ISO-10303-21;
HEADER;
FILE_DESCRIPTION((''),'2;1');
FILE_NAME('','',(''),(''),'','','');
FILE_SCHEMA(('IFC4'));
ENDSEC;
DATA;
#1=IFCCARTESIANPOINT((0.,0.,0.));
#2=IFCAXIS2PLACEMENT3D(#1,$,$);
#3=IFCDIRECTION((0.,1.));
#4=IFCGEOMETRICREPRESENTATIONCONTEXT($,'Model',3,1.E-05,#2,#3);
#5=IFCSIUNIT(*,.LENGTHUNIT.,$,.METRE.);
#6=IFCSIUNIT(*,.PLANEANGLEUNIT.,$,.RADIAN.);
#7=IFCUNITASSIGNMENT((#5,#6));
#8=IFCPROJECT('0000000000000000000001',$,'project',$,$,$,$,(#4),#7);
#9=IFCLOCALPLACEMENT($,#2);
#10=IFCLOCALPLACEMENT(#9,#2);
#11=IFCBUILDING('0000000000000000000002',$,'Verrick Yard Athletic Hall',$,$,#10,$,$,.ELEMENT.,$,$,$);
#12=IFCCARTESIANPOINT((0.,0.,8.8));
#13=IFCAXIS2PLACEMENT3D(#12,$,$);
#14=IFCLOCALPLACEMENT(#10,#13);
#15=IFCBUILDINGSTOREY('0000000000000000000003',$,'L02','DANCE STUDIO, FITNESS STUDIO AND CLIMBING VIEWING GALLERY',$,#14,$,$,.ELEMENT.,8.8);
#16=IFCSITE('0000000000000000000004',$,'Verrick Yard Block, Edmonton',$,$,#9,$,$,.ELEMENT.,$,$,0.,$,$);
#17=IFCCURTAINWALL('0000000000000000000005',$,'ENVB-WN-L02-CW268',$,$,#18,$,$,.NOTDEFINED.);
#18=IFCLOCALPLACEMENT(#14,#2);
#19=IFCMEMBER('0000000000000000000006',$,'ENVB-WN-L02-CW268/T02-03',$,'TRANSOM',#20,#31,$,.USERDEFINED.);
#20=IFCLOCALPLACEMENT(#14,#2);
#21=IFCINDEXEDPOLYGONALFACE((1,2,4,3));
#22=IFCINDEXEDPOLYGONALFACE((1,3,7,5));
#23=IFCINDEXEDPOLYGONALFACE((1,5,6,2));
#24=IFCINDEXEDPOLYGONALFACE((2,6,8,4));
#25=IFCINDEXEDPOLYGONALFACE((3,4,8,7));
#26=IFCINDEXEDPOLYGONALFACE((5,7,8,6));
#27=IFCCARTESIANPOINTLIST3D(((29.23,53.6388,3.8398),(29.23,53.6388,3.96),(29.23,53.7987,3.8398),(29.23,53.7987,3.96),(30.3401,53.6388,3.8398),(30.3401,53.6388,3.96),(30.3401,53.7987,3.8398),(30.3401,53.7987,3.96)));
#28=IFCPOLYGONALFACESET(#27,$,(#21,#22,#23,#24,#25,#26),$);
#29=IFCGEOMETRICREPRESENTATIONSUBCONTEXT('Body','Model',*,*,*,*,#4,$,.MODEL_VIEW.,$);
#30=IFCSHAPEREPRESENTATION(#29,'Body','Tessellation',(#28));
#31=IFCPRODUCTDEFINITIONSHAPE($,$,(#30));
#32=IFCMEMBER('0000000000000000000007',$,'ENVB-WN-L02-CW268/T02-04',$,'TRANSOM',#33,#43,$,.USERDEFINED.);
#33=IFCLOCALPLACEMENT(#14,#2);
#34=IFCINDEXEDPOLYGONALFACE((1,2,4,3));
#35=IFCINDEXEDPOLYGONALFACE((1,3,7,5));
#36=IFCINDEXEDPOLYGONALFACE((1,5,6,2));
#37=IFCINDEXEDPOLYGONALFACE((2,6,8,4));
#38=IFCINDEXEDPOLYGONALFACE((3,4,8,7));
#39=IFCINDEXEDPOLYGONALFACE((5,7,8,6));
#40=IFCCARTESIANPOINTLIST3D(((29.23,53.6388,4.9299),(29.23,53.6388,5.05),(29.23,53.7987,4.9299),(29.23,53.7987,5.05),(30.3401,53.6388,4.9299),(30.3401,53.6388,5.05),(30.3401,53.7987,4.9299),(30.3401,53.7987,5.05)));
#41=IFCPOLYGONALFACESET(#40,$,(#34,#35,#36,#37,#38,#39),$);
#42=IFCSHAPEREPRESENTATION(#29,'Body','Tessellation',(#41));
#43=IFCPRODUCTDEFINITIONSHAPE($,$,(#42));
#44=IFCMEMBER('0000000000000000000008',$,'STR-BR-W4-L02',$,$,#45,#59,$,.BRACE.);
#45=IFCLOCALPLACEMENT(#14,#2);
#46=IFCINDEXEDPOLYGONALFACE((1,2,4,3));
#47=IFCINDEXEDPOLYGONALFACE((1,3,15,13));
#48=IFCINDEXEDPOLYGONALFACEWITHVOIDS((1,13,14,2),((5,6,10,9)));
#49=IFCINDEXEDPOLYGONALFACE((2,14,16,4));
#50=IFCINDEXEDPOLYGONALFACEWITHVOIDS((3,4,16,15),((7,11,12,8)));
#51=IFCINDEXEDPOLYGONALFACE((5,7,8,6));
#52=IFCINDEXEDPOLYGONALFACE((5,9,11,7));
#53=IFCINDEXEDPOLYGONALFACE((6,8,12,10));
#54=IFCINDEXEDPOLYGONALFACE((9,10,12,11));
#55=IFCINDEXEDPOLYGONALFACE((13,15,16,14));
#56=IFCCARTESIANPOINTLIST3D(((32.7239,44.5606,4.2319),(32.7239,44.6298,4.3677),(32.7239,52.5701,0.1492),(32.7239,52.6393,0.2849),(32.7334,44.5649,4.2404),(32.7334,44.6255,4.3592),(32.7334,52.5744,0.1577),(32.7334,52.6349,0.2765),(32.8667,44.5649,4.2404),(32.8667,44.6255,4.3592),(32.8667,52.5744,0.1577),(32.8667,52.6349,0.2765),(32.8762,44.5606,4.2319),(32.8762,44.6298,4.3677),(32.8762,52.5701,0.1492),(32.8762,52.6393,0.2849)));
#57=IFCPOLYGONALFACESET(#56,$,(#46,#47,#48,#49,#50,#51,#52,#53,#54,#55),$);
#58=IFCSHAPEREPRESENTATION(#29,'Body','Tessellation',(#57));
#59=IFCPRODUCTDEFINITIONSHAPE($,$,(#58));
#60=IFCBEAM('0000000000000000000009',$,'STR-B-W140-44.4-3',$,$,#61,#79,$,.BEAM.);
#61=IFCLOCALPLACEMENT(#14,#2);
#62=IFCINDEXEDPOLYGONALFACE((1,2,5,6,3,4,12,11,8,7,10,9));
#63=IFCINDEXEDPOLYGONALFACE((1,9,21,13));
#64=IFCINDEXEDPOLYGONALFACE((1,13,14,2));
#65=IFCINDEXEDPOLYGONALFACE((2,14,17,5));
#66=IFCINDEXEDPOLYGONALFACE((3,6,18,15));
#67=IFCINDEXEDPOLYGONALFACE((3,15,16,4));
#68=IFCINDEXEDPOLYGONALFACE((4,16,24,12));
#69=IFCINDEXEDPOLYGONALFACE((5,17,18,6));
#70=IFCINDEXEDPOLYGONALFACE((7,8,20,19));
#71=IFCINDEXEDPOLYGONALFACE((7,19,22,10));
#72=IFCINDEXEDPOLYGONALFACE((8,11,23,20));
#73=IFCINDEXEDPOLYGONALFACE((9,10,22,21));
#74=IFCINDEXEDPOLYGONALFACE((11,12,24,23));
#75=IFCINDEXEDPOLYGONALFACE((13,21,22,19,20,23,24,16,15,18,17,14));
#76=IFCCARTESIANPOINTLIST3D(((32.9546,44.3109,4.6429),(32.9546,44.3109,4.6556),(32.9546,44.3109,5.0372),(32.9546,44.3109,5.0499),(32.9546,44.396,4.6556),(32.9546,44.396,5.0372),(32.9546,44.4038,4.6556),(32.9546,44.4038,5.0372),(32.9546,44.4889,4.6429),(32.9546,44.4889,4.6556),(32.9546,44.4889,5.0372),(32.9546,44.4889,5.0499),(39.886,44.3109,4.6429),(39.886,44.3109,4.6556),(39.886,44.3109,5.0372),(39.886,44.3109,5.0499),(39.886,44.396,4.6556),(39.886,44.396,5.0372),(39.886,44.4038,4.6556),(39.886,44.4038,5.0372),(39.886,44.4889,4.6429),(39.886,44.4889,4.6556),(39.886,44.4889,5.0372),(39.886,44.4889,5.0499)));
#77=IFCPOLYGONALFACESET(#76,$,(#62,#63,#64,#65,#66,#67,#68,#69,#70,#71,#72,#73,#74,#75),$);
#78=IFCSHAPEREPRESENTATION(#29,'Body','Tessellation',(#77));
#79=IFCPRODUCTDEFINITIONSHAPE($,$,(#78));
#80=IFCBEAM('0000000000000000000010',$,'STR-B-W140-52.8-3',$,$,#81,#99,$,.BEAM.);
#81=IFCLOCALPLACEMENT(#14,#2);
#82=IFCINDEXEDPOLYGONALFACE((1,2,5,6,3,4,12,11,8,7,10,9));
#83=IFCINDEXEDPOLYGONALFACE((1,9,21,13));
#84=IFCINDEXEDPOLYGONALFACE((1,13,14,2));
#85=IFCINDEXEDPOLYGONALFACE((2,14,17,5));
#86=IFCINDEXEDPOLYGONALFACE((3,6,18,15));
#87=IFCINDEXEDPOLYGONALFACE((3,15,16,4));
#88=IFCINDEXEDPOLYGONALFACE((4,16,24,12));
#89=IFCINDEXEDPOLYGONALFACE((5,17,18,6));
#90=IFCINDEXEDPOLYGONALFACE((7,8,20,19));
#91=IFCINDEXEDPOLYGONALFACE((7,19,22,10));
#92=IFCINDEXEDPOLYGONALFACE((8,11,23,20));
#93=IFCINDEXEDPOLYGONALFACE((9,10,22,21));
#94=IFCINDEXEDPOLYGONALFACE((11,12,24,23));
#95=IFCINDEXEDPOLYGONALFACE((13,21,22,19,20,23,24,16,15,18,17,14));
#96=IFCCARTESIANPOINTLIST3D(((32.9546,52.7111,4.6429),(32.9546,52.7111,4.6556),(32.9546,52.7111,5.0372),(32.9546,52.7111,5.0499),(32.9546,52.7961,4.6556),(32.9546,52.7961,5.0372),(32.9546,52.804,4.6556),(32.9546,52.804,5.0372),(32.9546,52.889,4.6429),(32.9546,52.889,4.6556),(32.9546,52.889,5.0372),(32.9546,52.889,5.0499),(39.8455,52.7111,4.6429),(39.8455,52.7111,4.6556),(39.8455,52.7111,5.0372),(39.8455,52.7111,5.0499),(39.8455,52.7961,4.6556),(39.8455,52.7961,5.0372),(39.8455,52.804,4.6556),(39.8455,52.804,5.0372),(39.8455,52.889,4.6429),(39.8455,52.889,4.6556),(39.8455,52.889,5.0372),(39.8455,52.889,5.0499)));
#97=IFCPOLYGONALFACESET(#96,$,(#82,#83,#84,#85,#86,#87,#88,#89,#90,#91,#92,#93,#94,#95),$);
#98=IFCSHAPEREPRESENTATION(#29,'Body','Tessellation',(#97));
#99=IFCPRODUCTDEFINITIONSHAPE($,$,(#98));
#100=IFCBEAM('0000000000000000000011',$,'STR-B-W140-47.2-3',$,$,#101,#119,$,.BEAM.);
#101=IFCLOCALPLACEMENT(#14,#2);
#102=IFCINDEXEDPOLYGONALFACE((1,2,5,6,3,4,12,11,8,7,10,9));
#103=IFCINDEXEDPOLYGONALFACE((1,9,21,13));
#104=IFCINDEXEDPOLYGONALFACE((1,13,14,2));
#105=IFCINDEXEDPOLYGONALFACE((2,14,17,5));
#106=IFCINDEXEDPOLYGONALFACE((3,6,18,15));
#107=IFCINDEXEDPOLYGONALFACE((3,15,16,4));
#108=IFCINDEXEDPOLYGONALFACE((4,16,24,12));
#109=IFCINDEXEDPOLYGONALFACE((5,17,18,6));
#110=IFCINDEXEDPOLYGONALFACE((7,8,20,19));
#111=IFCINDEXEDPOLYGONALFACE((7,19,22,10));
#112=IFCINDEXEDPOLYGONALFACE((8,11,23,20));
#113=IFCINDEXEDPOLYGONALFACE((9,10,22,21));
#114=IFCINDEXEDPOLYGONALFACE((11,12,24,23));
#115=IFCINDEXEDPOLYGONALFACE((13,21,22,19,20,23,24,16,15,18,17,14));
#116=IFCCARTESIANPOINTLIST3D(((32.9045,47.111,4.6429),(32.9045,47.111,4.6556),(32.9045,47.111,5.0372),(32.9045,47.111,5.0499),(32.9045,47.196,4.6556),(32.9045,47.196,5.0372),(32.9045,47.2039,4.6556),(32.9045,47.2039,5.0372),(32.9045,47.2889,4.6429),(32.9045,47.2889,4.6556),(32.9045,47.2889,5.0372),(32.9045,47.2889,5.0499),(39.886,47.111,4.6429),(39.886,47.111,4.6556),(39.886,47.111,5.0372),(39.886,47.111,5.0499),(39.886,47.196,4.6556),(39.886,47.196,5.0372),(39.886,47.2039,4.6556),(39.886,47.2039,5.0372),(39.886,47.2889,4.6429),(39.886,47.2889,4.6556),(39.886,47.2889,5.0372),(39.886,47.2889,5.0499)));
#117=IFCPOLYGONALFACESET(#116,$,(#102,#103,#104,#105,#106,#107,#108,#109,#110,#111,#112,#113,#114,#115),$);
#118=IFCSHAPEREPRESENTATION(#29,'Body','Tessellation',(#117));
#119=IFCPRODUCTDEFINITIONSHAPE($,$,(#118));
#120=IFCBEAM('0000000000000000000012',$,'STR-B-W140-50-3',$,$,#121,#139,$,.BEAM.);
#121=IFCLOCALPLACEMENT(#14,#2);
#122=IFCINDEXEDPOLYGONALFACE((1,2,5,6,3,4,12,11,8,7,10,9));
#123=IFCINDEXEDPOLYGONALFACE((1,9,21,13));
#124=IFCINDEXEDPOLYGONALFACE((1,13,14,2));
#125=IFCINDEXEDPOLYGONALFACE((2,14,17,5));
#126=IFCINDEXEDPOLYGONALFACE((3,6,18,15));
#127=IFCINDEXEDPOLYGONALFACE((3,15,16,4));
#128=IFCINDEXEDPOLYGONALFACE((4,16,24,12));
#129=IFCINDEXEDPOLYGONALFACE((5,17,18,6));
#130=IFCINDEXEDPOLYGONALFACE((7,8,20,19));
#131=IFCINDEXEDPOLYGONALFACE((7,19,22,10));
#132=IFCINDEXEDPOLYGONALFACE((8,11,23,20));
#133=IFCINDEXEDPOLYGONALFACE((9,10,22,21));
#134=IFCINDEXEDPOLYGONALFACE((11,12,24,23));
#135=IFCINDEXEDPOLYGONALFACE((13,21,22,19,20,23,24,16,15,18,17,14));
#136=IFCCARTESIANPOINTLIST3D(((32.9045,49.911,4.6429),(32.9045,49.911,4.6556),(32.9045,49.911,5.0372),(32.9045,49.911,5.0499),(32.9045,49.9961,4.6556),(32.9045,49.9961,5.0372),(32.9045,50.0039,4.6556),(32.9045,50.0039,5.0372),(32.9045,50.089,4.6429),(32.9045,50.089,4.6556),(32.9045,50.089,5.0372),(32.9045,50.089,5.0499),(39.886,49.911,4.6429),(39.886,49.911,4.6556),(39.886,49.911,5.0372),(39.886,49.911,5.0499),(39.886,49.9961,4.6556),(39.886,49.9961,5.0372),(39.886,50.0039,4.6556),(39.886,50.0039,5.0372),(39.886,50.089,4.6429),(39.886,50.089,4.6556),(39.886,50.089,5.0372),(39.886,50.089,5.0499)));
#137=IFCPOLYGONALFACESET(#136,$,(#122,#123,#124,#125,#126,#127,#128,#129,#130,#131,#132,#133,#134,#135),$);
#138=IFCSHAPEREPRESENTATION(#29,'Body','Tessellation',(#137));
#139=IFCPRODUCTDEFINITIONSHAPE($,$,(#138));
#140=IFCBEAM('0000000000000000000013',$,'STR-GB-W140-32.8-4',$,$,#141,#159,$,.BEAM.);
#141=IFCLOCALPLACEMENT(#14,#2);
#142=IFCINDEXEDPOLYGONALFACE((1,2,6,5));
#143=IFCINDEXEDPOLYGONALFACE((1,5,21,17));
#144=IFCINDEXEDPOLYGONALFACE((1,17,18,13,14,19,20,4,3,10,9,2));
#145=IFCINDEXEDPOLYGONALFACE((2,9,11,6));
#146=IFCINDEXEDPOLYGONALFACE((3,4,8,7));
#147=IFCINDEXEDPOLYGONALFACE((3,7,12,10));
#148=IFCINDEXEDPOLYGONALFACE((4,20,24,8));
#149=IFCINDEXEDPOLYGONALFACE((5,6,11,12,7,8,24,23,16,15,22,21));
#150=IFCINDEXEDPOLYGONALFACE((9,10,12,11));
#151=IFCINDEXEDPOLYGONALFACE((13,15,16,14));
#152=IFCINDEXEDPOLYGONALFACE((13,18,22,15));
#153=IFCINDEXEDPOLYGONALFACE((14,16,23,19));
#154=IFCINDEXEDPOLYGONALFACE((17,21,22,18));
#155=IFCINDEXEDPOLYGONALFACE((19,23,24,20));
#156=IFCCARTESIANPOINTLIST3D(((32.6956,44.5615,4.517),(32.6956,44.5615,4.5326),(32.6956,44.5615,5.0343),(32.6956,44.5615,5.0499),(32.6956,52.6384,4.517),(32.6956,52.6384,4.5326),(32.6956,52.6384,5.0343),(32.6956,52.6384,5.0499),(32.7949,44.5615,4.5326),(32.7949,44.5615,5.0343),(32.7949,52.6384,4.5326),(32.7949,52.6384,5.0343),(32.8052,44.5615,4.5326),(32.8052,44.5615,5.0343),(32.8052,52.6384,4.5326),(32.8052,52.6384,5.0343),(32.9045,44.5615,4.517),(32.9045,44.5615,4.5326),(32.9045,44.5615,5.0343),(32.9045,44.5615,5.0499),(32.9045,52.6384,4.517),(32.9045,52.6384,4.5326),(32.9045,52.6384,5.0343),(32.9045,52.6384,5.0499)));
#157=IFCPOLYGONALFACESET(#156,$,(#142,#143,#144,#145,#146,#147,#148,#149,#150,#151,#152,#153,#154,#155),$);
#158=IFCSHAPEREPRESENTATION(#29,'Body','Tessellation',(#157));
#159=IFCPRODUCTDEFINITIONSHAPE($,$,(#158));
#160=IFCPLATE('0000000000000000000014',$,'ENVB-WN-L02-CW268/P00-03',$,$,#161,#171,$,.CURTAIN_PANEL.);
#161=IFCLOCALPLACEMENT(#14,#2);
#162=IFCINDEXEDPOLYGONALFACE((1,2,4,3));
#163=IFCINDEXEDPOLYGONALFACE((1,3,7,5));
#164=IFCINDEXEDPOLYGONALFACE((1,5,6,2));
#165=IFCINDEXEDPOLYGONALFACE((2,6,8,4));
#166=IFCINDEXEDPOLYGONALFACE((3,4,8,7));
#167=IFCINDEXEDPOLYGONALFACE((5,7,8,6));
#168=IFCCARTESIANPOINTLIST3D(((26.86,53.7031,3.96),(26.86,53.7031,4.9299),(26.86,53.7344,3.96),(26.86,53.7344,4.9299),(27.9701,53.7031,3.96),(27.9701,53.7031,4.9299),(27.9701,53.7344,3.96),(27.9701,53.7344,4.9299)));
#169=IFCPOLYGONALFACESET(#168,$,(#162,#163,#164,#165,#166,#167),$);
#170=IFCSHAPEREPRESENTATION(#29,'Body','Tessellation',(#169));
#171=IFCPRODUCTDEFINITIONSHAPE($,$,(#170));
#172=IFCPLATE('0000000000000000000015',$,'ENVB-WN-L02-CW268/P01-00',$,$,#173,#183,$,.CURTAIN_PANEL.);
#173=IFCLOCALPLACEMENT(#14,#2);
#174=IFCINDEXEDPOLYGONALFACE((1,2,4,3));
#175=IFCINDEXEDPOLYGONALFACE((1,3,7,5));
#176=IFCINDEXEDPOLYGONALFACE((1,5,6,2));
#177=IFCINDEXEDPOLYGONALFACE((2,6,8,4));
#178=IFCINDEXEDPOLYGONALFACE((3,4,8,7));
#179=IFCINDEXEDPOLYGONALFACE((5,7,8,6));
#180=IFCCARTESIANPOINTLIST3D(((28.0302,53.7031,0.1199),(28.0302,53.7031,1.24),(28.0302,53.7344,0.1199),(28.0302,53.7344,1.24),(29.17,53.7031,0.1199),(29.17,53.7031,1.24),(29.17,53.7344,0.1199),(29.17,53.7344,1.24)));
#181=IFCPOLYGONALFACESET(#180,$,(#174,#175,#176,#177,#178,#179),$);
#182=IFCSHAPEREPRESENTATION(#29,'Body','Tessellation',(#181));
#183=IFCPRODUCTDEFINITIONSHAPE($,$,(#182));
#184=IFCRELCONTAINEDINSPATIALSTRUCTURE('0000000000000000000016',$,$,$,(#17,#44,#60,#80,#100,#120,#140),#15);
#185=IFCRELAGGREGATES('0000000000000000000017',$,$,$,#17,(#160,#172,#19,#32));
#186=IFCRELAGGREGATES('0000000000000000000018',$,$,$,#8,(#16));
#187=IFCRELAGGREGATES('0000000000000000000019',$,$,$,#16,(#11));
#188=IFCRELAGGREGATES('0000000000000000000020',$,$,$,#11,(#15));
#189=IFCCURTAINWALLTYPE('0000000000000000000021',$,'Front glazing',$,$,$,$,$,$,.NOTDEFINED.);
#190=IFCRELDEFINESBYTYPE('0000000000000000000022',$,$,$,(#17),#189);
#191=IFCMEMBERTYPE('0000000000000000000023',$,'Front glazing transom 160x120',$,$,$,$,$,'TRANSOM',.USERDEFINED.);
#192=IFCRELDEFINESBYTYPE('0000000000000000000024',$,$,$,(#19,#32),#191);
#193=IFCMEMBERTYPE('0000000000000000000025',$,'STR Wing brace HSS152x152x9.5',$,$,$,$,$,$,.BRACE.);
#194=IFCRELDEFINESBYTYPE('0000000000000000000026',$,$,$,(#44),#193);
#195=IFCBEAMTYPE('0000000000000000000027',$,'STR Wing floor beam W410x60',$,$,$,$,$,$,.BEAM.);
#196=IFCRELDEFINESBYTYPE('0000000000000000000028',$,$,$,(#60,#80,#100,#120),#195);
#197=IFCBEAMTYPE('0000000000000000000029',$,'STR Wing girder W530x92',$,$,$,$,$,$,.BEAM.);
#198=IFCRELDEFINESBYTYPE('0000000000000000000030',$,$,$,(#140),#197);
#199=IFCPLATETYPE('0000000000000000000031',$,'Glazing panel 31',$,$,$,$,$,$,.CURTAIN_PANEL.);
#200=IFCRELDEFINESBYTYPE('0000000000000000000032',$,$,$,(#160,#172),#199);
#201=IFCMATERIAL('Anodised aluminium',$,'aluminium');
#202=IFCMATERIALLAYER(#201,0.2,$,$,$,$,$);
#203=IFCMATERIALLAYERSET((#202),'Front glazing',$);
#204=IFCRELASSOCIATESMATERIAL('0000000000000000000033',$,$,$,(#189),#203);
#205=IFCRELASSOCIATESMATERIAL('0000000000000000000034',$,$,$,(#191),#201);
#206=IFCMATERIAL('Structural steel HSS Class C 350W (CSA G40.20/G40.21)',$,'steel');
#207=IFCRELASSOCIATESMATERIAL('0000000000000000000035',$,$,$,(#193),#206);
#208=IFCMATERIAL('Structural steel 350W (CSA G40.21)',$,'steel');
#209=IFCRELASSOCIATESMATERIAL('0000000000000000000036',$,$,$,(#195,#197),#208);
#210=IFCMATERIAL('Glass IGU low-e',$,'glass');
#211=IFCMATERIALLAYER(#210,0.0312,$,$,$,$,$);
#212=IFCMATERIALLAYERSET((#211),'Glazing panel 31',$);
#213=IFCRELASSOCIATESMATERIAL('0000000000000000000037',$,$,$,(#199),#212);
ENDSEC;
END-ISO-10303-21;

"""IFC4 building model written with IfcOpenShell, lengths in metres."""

from ifc_helpers import new_model, si_unit, direction, frame, origin, origin_2d, place, context, subcontext, project, spatial, rectangle, hollow_rectangle, i_section, extrude, material, layer, layer_set, material_profile, profile_set, type_object, element, aggregate, save


model = new_model("IFC4")

# Units and contexts
model_context = context("Model", 3, precision=1e-05, world=origin(), true_north=direction((0.0, 1.0)))
body_context = subcontext(model_context, "Body", "Model", "MODEL_VIEW")
ifc_project = project(units=[si_unit("LENGTHUNIT", "METRE"), si_unit("PLANEANGLEUNIT", "RADIAN")], contexts=[model_context])

# Site, building, storey
site_placement = place(None, origin())
site = spatial("IfcSite", under=ifc_project, at=site_placement, Name="Verrick Yard Block, Edmonton", CompositionType="ELEMENT", RefElevation=0.0)
building_placement = place(site_placement, origin())
building = spatial("IfcBuilding", under=site, at=building_placement, Name="Verrick Yard Athletic Hall", CompositionType="ELEMENT")
storey_placement = place(building_placement, frame((0.0, 0.0, 8.8)))
storey = spatial("IfcBuildingStorey", under=building, at=storey_placement, Name="L02", Description="DANCE STUDIO, FITNESS STUDIO AND CLIMBING VIEWING GALLERY", CompositionType="ELEMENT", Elevation=8.8)

# Shared definitions
ifc_material_1 = material(Name="Structural steel 350W (CSA G40.21)", Category="steel")

# Curtain wall, members
ifc_material_2 = material(Name="Anodised aluminium", Category="aluminium")
ifc_layer_1 = layer(ifc_material_2, 0.2)
ifc_layer_set_1 = layer_set([ifc_layer_1], Name="Front glazing")
curtain_wall_type = type_object("IfcCurtainWallType", Name="Front glazing", PredefinedType="NOTDEFINED", material=ifc_layer_set_1)
curtain_wall_placement = place(storey_placement, origin())
curtain_wall = element("IfcCurtainWall", 1, at=curtain_wall_placement, inside=storey, type_object=curtain_wall_type, Name="ENVB-WN-L02-CW268", PredefinedType="NOTDEFINED")
ifc_material_profile_1 = material_profile(ifc_material_2, rectangle(XDim=0.1599, YDim=0.1201, at=origin_2d()), Name="CW transom 160x120")
ifc_profile_set_1 = profile_set([ifc_material_profile_1], Name="Anodised aluminium")
member_type_1 = type_object("IfcMemberType", Name="Front glazing transom 160x120", ElementType="TRANSOM", PredefinedType="USERDEFINED", material=ifc_profile_set_1)
member_1_placement = place(storey_placement, frame((29.23, 53.7188, 3.8999), z_axis=(1.0, 0.0, 0.0), x_axis=(0.0, 1.0, 0.0)))
member_1 = element("IfcMember", 2, at=member_1_placement, type_object=member_type_1, Name="ENVB-WN-L02-CW268/T02-03", ObjectType="TRANSOM", PredefinedType="USERDEFINED", context=body_context, shape_type="SweptSolid", body=[
    extrude(rectangle(XDim=0.1599, YDim=0.1201, at=origin_2d()), origin(), (0.0, 0.0, 1.0), 1.1101),
])
member_2_placement = place(storey_placement, frame((29.23, 53.7188, 4.99), z_axis=(1.0, 0.0, 0.0), x_axis=(0.0, 1.0, 0.0)))
member_2 = element("IfcMember", 3, at=member_2_placement, type_object=member_type_1, Name="ENVB-WN-L02-CW268/T02-04", ObjectType="TRANSOM", PredefinedType="USERDEFINED", context=body_context, shape_type="SweptSolid", body=[
    extrude(rectangle(XDim=0.1599, YDim=0.1201, at=origin_2d()), origin(), (0.0, 0.0, 1.0), 1.1101),
])

# Member
ifc_material_3 = material(Name="Structural steel HSS Class C 350W (CSA G40.20/G40.21)", Category="steel")
ifc_material_profile_2 = material_profile(ifc_material_3, hollow_rectangle(XDim=0.1523, YDim=0.1523, WallThickness=0.0095, at=origin_2d()), Name="HSS152x152x9.5")
ifc_profile_set_2 = profile_set([ifc_material_profile_2], Name="Structural steel HSS Class C 350W (CSA G40.20/G40.21)")
member_type_2 = type_object("IfcMemberType", Name="STR Wing brace HSS152x152x9.5", PredefinedType="BRACE", material=ifc_profile_set_2)
member_3_placement = place(storey_placement, frame((32.8, 44.5952, 4.2998), z_axis=(0.0, 0.89093, -0.454141), x_axis=(-1.0, 0.0, 0.0)))
element("IfcMember", 4, at=member_3_placement, inside=storey, type_object=member_type_2, Name="STR-BR-W4-L02", PredefinedType="BRACE", context=body_context, shape_type="SweptSolid", body=[
    extrude(hollow_rectangle(XDim=0.1523, YDim=0.1523, WallThickness=0.0095, at=origin_2d()), origin(), (0.0, 0.0, 1.0), 8.99),
])

# Beams
ifc_material_profile_3 = material_profile(ifc_material_1, i_section(OverallWidth=0.178, OverallDepth=0.407, WebThickness=0.0078, FlangeThickness=0.0127, at=origin_2d()), Name="W410x60")
ifc_profile_set_3 = profile_set([ifc_material_profile_3], Name="Structural steel 350W (CSA G40.21)")
beam_type_1 = type_object("IfcBeamType", Name="STR Wing floor beam W410x60", PredefinedType="BEAM", material=ifc_profile_set_3)
beam_1_placement = place(storey_placement, frame((32.9546, 44.3999, 4.8464), z_axis=(1.0, 0.0, 0.0), x_axis=(0.0, 1.0, 0.0)))
element("IfcBeam", 5, at=beam_1_placement, inside=storey, type_object=beam_type_1, Name="STR-B-W140-44.4-3", PredefinedType="BEAM", context=body_context, shape_type="SweptSolid", body=[
    extrude(i_section(OverallWidth=0.178, OverallDepth=0.407, WebThickness=0.0078, FlangeThickness=0.0127, at=origin_2d()), origin(), (0.0, 0.0, 1.0), 6.9314),
])
beam_2_placement = place(storey_placement, frame((32.9546, 52.8, 4.8464), z_axis=(1.0, 0.0, 0.0), x_axis=(0.0, 1.0, 0.0)))
element("IfcBeam", 6, at=beam_2_placement, inside=storey, type_object=beam_type_1, Name="STR-B-W140-52.8-3", PredefinedType="BEAM", context=body_context, shape_type="SweptSolid", body=[
    extrude(i_section(OverallWidth=0.178, OverallDepth=0.407, WebThickness=0.0078, FlangeThickness=0.0127, at=origin_2d()), origin(), (0.0, 0.0, 1.0), 6.8909),
])
for number, where, z_axis, x_axis, name in (
    (7, (32.9045, 47.2, 4.8464), (1.0, 0.0, 0.0), (0.0, 1.0, 0.0), "STR-B-W140-47.2-3"),
    (8, (32.9045, 50.0, 4.8464), (1.0, 0.0, 0.0), (0.0, 1.0, 0.0), "STR-B-W140-50-3"),
):
    element("IfcBeam", number, at=place(storey_placement, frame(where, z_axis=z_axis, x_axis=x_axis)), inside=storey, type_object=beam_type_1, Name=name, PredefinedType="BEAM", context=body_context, shape_type="SweptSolid", body=[
        extrude(i_section(OverallWidth=0.178, OverallDepth=0.407, WebThickness=0.0078, FlangeThickness=0.0127, at=origin_2d()), origin(), (0.0, 0.0, 1.0), 6.9814),
    ])
ifc_material_profile_4 = material_profile(ifc_material_1, i_section(OverallWidth=0.209, OverallDepth=0.533, WebThickness=0.0103, FlangeThickness=0.0156, at=origin_2d()), Name="W530x92")
ifc_profile_set_4 = profile_set([ifc_material_profile_4], Name="Structural steel 350W (CSA G40.21)")
beam_type_2 = type_object("IfcBeamType", Name="STR Wing girder W530x92", PredefinedType="BEAM", material=ifc_profile_set_4)
beam_3_placement = place(storey_placement, frame((32.8, 44.5615, 4.7834), z_axis=(0.0, 1.0, 0.0), x_axis=(-1.0, 0.0, 0.0)))
element("IfcBeam", 9, at=beam_3_placement, inside=storey, type_object=beam_type_2, Name="STR-GB-W140-32.8-4", PredefinedType="BEAM", context=body_context, shape_type="SweptSolid", body=[
    extrude(i_section(OverallWidth=0.209, OverallDepth=0.533, WebThickness=0.0103, FlangeThickness=0.0156, at=origin_2d()), origin(), (0.0, 0.0, 1.0), 8.0769),
])

# Plates
ifc_material_4 = material(Name="Glass IGU low-e", Category="glass")
ifc_layer_2 = layer(ifc_material_4, 0.0312)
ifc_layer_set_2 = layer_set([ifc_layer_2], Name="Glazing panel 31")
plate_type = type_object("IfcPlateType", Name="Glazing panel 31", PredefinedType="CURTAIN_PANEL", material=ifc_layer_set_2)
plate_1_placement = place(storey_placement, frame((27.415, 53.7188, 3.96), z_axis=(0.0, 0.0, 1.0), x_axis=(1.0, 0.0, 0.0)))
plate_1 = element("IfcPlate", 10, at=plate_1_placement, type_object=plate_type, Name="ENVB-WN-L02-CW268/P00-03", PredefinedType="CURTAIN_PANEL", context=body_context, shape_type="SweptSolid", body=[
    extrude(rectangle(XDim=1.1101, YDim=0.0312, at=origin_2d()), origin(), (0.0, 0.0, 1.0), 0.97),
])
plate_2_placement = place(storey_placement, frame((28.6001, 53.7188, 0.1199), z_axis=(0.0, 0.0, 1.0), x_axis=(1.0, 0.0, 0.0)))
plate_2 = element("IfcPlate", 11, at=plate_2_placement, type_object=plate_type, Name="ENVB-WN-L02-CW268/P01-00", PredefinedType="CURTAIN_PANEL", context=body_context, shape_type="SweptSolid", body=[
    extrude(rectangle(XDim=1.1399, YDim=0.0312, at=origin_2d()), origin(), (0.0, 0.0, 1.0), 1.1201),
])
aggregate(curtain_wall, [plate_1, plate_2, member_1, member_2])

save(model, "model.ifc")
